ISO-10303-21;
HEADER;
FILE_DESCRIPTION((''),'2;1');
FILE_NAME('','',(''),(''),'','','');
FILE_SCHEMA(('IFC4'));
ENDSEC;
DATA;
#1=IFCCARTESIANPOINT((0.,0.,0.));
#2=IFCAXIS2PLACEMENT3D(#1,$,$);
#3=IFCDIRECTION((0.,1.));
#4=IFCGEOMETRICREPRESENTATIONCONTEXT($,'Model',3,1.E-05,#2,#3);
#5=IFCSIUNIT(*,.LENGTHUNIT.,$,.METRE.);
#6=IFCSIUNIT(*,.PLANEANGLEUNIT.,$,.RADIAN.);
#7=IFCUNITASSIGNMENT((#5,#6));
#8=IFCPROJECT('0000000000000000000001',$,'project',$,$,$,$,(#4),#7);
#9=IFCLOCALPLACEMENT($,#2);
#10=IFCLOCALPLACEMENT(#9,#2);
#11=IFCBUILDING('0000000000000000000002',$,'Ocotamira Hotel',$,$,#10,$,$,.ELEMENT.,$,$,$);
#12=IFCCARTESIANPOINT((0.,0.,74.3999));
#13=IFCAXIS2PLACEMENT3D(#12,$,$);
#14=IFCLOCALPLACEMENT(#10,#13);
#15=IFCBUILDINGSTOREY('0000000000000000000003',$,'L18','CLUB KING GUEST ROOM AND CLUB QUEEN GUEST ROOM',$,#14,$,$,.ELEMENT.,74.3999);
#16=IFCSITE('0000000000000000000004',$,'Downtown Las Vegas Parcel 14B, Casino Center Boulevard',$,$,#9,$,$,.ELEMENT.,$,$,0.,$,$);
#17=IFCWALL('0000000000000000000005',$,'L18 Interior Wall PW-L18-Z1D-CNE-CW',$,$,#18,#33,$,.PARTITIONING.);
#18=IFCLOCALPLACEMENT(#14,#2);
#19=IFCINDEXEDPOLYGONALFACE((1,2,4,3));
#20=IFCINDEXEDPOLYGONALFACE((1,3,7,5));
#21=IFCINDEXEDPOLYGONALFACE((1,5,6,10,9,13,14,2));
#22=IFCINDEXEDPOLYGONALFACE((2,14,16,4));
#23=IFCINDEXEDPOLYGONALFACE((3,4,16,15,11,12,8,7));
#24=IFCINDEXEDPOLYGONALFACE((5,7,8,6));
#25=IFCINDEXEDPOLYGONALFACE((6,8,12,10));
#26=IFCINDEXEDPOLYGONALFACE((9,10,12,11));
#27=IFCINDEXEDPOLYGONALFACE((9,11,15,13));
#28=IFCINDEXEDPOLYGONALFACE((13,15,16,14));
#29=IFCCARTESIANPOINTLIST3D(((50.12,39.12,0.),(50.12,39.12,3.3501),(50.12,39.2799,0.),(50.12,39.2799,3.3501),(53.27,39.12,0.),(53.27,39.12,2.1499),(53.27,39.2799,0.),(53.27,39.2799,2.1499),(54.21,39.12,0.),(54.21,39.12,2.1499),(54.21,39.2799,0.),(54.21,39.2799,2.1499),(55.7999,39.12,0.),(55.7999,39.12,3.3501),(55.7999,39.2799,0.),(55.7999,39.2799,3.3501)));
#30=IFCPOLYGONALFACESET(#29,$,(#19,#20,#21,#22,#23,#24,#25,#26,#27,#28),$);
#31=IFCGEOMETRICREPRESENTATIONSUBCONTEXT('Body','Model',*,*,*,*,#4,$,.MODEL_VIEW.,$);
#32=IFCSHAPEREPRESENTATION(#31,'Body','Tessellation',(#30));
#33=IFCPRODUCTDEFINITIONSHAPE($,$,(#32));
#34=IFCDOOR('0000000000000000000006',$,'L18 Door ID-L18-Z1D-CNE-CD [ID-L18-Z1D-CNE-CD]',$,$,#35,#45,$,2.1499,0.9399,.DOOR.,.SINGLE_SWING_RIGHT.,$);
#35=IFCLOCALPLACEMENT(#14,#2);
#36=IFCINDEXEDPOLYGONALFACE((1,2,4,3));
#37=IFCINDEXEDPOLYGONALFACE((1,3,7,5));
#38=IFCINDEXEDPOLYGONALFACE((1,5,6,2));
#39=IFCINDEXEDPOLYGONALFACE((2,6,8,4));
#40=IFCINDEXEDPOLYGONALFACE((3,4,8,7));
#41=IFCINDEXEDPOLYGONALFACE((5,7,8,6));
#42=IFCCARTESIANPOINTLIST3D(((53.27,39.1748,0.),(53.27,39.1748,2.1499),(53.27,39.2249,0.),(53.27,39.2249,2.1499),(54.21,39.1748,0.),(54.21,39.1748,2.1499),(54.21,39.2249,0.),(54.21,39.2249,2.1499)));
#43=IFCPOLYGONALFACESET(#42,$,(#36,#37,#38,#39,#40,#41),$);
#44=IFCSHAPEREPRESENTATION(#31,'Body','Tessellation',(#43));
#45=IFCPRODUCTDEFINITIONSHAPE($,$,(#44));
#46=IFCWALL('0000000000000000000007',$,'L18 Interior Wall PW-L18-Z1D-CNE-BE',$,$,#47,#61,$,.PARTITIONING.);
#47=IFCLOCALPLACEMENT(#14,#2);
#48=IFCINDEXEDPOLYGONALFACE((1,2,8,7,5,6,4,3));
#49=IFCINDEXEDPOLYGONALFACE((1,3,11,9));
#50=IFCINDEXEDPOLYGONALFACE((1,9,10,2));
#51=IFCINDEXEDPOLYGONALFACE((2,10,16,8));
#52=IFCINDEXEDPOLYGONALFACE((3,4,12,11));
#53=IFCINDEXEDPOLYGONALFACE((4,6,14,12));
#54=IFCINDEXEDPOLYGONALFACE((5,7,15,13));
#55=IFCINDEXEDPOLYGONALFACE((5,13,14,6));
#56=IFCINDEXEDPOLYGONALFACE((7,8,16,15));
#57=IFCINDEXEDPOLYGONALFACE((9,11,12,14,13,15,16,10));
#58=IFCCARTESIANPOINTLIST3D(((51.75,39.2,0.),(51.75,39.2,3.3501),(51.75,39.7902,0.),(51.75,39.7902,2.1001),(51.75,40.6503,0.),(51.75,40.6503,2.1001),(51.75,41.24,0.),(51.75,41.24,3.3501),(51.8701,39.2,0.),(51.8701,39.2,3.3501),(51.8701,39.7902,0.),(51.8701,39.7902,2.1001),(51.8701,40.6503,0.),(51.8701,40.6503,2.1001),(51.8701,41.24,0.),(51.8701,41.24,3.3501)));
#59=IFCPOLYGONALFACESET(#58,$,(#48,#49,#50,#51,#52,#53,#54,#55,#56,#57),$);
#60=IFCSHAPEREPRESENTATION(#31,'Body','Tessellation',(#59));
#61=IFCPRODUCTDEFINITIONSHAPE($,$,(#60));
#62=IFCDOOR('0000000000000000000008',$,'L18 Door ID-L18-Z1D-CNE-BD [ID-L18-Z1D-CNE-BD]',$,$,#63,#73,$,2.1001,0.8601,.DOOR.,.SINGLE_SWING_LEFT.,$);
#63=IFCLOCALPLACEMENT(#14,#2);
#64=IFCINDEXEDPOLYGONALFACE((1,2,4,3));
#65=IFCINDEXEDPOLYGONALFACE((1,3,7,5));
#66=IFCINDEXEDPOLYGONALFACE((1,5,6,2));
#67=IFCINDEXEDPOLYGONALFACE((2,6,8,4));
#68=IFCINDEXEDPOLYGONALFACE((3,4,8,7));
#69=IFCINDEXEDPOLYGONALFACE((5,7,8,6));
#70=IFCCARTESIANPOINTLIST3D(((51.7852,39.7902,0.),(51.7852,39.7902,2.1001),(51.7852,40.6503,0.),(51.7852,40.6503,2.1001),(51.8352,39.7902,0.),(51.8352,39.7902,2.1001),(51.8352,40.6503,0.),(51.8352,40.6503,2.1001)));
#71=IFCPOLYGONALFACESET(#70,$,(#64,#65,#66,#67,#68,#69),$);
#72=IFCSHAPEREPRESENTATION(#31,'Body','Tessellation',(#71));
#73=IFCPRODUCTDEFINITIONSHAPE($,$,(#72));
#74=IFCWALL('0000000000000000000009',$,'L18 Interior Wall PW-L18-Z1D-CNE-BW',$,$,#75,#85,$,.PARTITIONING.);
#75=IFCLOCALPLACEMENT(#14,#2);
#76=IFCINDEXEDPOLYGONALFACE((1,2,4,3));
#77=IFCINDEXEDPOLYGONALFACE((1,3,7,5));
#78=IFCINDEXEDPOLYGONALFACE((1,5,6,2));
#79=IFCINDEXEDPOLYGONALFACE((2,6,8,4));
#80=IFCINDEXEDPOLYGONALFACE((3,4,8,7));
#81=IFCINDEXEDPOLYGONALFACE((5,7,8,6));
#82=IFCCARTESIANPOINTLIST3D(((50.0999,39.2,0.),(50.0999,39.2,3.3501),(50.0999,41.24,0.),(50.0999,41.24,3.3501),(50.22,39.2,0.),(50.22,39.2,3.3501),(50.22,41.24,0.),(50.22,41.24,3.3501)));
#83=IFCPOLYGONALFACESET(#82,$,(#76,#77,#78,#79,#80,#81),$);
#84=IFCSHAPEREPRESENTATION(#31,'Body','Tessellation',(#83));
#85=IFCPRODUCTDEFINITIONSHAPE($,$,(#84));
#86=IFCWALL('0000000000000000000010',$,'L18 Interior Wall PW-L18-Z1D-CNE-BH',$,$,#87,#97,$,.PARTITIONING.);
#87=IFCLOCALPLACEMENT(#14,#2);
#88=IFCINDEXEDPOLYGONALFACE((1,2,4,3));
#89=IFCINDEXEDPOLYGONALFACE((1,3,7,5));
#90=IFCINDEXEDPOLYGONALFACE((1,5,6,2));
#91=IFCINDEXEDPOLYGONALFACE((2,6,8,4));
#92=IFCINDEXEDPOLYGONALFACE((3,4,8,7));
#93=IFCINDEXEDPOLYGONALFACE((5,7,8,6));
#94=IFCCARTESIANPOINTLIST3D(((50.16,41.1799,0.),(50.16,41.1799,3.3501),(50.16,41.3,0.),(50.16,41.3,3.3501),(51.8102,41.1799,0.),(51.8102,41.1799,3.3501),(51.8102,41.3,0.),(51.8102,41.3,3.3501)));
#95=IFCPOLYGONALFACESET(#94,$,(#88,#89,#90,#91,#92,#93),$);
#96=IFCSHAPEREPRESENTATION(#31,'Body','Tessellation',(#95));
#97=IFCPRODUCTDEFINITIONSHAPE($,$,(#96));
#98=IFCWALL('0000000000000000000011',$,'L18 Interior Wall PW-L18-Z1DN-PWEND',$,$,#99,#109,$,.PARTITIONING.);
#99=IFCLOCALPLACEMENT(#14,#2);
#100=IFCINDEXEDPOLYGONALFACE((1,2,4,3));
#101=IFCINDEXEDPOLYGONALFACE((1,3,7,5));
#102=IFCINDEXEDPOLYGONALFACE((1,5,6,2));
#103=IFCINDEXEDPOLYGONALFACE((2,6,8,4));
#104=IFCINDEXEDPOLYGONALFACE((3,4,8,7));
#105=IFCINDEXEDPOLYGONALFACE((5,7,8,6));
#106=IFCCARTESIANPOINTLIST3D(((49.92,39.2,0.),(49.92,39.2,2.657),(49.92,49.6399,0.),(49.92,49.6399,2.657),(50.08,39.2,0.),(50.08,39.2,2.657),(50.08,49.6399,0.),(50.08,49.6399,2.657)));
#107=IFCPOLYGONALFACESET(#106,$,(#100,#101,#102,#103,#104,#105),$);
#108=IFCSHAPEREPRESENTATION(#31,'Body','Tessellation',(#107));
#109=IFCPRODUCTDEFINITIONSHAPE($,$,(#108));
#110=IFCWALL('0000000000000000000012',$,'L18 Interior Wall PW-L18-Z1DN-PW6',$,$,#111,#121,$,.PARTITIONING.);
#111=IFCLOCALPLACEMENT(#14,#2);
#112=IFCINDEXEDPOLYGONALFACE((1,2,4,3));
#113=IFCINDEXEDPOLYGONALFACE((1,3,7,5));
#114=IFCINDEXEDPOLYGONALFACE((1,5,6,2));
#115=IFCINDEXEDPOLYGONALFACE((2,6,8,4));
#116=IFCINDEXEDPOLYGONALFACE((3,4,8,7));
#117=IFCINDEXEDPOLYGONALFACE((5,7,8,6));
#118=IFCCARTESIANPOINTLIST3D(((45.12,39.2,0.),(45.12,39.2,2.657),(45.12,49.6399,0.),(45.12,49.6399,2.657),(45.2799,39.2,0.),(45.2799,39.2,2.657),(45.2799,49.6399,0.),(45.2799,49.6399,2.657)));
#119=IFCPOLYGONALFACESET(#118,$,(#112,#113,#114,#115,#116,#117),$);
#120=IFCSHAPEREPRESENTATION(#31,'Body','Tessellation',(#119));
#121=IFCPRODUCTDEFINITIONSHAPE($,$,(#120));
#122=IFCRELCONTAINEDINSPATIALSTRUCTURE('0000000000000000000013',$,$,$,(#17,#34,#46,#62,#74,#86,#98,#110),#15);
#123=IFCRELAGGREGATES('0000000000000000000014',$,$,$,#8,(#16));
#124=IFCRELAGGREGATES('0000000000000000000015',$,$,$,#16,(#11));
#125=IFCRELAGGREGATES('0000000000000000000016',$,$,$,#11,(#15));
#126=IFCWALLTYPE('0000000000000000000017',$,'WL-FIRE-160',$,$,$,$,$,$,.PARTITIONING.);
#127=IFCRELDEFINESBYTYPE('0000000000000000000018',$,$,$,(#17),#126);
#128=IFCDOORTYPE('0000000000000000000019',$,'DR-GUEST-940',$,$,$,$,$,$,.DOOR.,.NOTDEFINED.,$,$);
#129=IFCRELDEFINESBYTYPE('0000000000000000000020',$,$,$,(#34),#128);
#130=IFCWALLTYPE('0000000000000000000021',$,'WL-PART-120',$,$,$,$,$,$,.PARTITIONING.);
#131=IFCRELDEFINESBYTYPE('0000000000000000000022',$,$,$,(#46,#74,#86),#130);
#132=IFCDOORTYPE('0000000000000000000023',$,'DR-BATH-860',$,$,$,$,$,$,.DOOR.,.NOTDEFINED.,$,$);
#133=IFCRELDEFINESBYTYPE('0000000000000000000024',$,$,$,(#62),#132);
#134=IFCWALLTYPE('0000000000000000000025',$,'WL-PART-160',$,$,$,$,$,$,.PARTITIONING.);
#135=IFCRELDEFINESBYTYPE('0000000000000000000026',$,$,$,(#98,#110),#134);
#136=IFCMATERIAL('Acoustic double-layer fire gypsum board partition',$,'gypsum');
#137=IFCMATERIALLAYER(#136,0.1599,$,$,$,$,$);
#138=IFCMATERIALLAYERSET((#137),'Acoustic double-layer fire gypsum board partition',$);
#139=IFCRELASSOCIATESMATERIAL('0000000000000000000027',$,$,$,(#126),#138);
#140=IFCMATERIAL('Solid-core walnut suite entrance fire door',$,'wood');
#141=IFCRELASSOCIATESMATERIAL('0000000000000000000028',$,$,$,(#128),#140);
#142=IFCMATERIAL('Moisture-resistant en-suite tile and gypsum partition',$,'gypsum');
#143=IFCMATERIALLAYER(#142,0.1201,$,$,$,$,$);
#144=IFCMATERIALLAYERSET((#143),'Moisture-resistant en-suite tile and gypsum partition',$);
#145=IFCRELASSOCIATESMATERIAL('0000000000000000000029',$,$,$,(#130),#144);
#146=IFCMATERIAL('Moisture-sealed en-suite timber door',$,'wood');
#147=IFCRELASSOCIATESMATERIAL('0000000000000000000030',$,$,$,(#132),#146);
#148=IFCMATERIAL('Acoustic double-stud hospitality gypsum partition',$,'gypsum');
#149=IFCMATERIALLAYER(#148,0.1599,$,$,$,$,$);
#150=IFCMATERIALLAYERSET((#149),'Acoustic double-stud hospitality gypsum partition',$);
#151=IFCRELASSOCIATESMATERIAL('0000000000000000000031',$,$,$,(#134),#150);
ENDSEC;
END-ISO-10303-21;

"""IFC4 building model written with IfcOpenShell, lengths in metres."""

from ifc_helpers import new_model, si_unit, direction, frame, frame_2d, origin, place, context, subcontext, project, spatial, rectangle, extrude, source, transform, mapped, material, layer, layer_set, type_object, element, fill, save


model = new_model("IFC4")

# Units and contexts
model_context = context("Model", 3, precision=1e-05, world=origin(), true_north=direction((0.0, 1.0)))
body_context = subcontext(model_context, "Body", "Model", "MODEL_VIEW")
ifc_project = project(units=[si_unit("LENGTHUNIT", "METRE"), si_unit("PLANEANGLEUNIT", "RADIAN")], contexts=[model_context])

# Site, building, storey
site_placement = place(None, origin())
site = spatial("IfcSite", under=ifc_project, at=site_placement, Name="Downtown Las Vegas Parcel 14B, Casino Center Boulevard", CompositionType="ELEMENT", RefElevation=0.0)
building_placement = place(site_placement, origin())
building = spatial("IfcBuilding", under=site, at=building_placement, Name="Ocotamira Hotel", CompositionType="ELEMENT")
storey_placement = place(building_placement, frame((0.0, 0.0, 74.3999)))
storey = spatial("IfcBuildingStorey", under=building, at=storey_placement, Name="L18", Description="CLUB KING GUEST ROOM AND CLUB QUEEN GUEST ROOM", CompositionType="ELEMENT", Elevation=74.3999)

# Walls, openings, doors
ifc_material_1 = material(Name="Acoustic double-layer fire gypsum board partition", Category="gypsum")
ifc_layer_1 = layer(ifc_material_1, 0.1599)
ifc_layer_set_1 = layer_set([ifc_layer_1], Name="Acoustic double-layer fire gypsum board partition")
wall_type_1 = type_object("IfcWallType", Name="WL-FIRE-160", PredefinedType="PARTITIONING", material=ifc_layer_set_1)
wall_1_placement = place(storey_placement, frame((50.1201, 39.2, 0.0), z_axis=(0.0, 0.0, 1.0), x_axis=(1.0, 0.0, 0.0)))
wall_1 = element("IfcWall", 1, at=wall_1_placement, inside=storey, type_object=wall_type_1, Name="L18 Interior Wall PW-L18-Z1D-CNE-CW", PredefinedType="PARTITIONING", context=body_context, shape_type="SweptSolid", body=[
    extrude(rectangle(XDim=5.6799, YDim=0.1599, at=frame_2d((2.8398, 0.0))), origin(), (0.0, 0.0, 1.0), 3.3501),
])
opening_1_placement = place(wall_1_placement, frame((3.1499, 0.0, 0.0)))
opening_1 = element("IfcOpeningElement", 2, at=opening_1_placement, cuts=wall_1, PredefinedType="OPENING", context=body_context, shape_type="SweptSolid", body=[
    extrude(rectangle(XDim=0.9399, YDim=2.1499, at=frame_2d((0.47, 1.075))), frame((0.0, 0.0898, 0.0), z_axis=(0.0, -1.0, 0.0), x_axis=(1.0, 0.0, 0.0)), (0.0, 0.0, 1.0), 0.1799),
])
ifc_material_2 = material(Name="Solid-core walnut suite entrance fire door", Category="wood")
door_type_1 = type_object("IfcDoorType", Name="DR-GUEST-940", OperationType="NOTDEFINED", PredefinedType="DOOR", material=ifc_material_2)
shared_shape_1 = source(origin(), body_context, "Body", "SweptSolid", [
    extrude(rectangle(XDim=0.9399, YDim=2.1499, at=frame_2d((0.47, 1.075))), frame((0.0, 0.0249, 0.0), z_axis=(0.0, -1.0, 0.0), x_axis=(1.0, 0.0, 0.0)), (0.0, 0.0, 1.0), 0.05),
])
door_1_placement = place(opening_1_placement, origin())
door_1 = element("IfcDoor", 3, at=door_1_placement, inside=storey, type_object=door_type_1, Name="L18 Door ID-L18-Z1D-CNE-CD [ID-L18-Z1D-CNE-CD]", OperationType="SINGLE_SWING_RIGHT", OverallHeight=2.1499, OverallWidth=0.9399, PredefinedType="DOOR", context=body_context, shape_type="MappedRepresentation", body=[
    mapped(shared_shape_1, transform((0.0, 0.0, 0.0), scale=1.0)),
])
fill(opening_1, door_1)
ifc_material_3 = material(Name="Moisture-resistant en-suite tile and gypsum partition", Category="gypsum")
ifc_layer_2 = layer(ifc_material_3, 0.1201)
ifc_layer_set_2 = layer_set([ifc_layer_2], Name="Moisture-resistant en-suite tile and gypsum partition")
wall_type_2 = type_object("IfcWallType", Name="WL-PART-120", PredefinedType="PARTITIONING", material=ifc_layer_set_2)
wall_2_placement = place(storey_placement, frame((51.8101, 39.2, 0.0), z_axis=(0.0, 0.0, 1.0), x_axis=(0.0, 1.0, 0.0)))
wall_2 = element("IfcWall", 4, at=wall_2_placement, inside=storey, type_object=wall_type_2, Name="L18 Interior Wall PW-L18-Z1D-CNE-BE", PredefinedType="PARTITIONING", context=body_context, shape_type="SweptSolid", body=[
    extrude(rectangle(XDim=2.04, YDim=0.1201, at=frame_2d((1.02, 0.0))), origin(), (0.0, 0.0, 1.0), 3.3501),
])
opening_2_placement = place(wall_2_placement, frame((0.5901, 0.0, 0.0)))
opening_2 = element("IfcOpeningElement", 5, at=opening_2_placement, cuts=wall_2, PredefinedType="OPENING", context=body_context, shape_type="SweptSolid", body=[
    extrude(rectangle(XDim=0.8601, YDim=2.1001, at=frame_2d((0.4302, 1.05))), frame((0.0, 0.0701, 0.0), z_axis=(0.0, -1.0, 0.0), x_axis=(1.0, 0.0, 0.0)), (0.0, 0.0, 1.0), 0.1401),
])
ifc_material_4 = material(Name="Moisture-sealed en-suite timber door", Category="wood")
door_type_2 = type_object("IfcDoorType", Name="DR-BATH-860", OperationType="NOTDEFINED", PredefinedType="DOOR", material=ifc_material_4)
shared_shape_2 = source(origin(), body_context, "Body", "SweptSolid", [
    extrude(rectangle(XDim=0.8601, YDim=2.1001, at=frame_2d((0.4302, 1.05))), frame((0.0, 0.0249, 0.0), z_axis=(0.0, -1.0, 0.0), x_axis=(1.0, 0.0, 0.0)), (0.0, 0.0, 1.0), 0.05),
])
door_2_placement = place(opening_2_placement, origin())
door_2 = element("IfcDoor", 6, at=door_2_placement, inside=storey, type_object=door_type_2, Name="L18 Door ID-L18-Z1D-CNE-BD [ID-L18-Z1D-CNE-BD]", OperationType="SINGLE_SWING_LEFT", OverallHeight=2.1001, OverallWidth=0.8601, PredefinedType="DOOR", context=body_context, shape_type="MappedRepresentation", body=[
    mapped(shared_shape_2, transform((0.0, 0.0, 0.0), scale=1.0)),
])
fill(opening_2, door_2)

# Walls
wall_3_placement = place(storey_placement, frame((50.1599, 39.2, 0.0), z_axis=(0.0, 0.0, 1.0), x_axis=(0.0, 1.0, 0.0)))
element("IfcWall", 7, at=wall_3_placement, inside=storey, type_object=wall_type_2, Name="L18 Interior Wall PW-L18-Z1D-CNE-BW", PredefinedType="PARTITIONING", context=body_context, shape_type="SweptSolid", body=[
    extrude(rectangle(XDim=2.04, YDim=0.1201, at=frame_2d((1.02, 0.0))), origin(), (0.0, 0.0, 1.0), 3.3501),
])
wall_4_placement = place(storey_placement, frame((50.1599, 41.24, 0.0), z_axis=(0.0, 0.0, 1.0), x_axis=(1.0, 0.0, 0.0)))
element("IfcWall", 8, at=wall_4_placement, inside=storey, type_object=wall_type_2, Name="L18 Interior Wall PW-L18-Z1D-CNE-BH", PredefinedType="PARTITIONING", context=body_context, shape_type="SweptSolid", body=[
    extrude(rectangle(XDim=1.6501, YDim=0.1201, at=frame_2d((0.8252, 0.0))), origin(), (0.0, 0.0, 1.0), 3.3501),
])
ifc_material_5 = material(Name="Acoustic double-stud hospitality gypsum partition", Category="gypsum")
ifc_layer_3 = layer(ifc_material_5, 0.1599)
ifc_layer_set_3 = layer_set([ifc_layer_3], Name="Acoustic double-stud hospitality gypsum partition")
wall_type_3 = type_object("IfcWallType", Name="WL-PART-160", PredefinedType="PARTITIONING", material=ifc_layer_set_3)
for number, where, z_axis, x_axis, name in (
    (9, (50.0, 39.2, 0.0), (0.0, 0.0, 1.0), (0.0, 1.0, 0.0), "L18 Interior Wall PW-L18-Z1DN-PWEND"),
    (10, (45.2, 39.2, 0.0), (0.0, 0.0, 1.0), (0.0, 1.0, 0.0), "L18 Interior Wall PW-L18-Z1DN-PW6"),
):
    element("IfcWall", number, at=place(storey_placement, frame(where, z_axis=z_axis, x_axis=x_axis)), inside=storey, type_object=wall_type_3, Name=name, PredefinedType="PARTITIONING", context=body_context, shape_type="SweptSolid", body=[
        extrude(rectangle(XDim=10.4399, YDim=0.1599, at=frame_2d((5.22, 0.0))), origin(), (0.0, 0.0, 1.0), 2.657),
    ])

save(model, "model.ifc")
